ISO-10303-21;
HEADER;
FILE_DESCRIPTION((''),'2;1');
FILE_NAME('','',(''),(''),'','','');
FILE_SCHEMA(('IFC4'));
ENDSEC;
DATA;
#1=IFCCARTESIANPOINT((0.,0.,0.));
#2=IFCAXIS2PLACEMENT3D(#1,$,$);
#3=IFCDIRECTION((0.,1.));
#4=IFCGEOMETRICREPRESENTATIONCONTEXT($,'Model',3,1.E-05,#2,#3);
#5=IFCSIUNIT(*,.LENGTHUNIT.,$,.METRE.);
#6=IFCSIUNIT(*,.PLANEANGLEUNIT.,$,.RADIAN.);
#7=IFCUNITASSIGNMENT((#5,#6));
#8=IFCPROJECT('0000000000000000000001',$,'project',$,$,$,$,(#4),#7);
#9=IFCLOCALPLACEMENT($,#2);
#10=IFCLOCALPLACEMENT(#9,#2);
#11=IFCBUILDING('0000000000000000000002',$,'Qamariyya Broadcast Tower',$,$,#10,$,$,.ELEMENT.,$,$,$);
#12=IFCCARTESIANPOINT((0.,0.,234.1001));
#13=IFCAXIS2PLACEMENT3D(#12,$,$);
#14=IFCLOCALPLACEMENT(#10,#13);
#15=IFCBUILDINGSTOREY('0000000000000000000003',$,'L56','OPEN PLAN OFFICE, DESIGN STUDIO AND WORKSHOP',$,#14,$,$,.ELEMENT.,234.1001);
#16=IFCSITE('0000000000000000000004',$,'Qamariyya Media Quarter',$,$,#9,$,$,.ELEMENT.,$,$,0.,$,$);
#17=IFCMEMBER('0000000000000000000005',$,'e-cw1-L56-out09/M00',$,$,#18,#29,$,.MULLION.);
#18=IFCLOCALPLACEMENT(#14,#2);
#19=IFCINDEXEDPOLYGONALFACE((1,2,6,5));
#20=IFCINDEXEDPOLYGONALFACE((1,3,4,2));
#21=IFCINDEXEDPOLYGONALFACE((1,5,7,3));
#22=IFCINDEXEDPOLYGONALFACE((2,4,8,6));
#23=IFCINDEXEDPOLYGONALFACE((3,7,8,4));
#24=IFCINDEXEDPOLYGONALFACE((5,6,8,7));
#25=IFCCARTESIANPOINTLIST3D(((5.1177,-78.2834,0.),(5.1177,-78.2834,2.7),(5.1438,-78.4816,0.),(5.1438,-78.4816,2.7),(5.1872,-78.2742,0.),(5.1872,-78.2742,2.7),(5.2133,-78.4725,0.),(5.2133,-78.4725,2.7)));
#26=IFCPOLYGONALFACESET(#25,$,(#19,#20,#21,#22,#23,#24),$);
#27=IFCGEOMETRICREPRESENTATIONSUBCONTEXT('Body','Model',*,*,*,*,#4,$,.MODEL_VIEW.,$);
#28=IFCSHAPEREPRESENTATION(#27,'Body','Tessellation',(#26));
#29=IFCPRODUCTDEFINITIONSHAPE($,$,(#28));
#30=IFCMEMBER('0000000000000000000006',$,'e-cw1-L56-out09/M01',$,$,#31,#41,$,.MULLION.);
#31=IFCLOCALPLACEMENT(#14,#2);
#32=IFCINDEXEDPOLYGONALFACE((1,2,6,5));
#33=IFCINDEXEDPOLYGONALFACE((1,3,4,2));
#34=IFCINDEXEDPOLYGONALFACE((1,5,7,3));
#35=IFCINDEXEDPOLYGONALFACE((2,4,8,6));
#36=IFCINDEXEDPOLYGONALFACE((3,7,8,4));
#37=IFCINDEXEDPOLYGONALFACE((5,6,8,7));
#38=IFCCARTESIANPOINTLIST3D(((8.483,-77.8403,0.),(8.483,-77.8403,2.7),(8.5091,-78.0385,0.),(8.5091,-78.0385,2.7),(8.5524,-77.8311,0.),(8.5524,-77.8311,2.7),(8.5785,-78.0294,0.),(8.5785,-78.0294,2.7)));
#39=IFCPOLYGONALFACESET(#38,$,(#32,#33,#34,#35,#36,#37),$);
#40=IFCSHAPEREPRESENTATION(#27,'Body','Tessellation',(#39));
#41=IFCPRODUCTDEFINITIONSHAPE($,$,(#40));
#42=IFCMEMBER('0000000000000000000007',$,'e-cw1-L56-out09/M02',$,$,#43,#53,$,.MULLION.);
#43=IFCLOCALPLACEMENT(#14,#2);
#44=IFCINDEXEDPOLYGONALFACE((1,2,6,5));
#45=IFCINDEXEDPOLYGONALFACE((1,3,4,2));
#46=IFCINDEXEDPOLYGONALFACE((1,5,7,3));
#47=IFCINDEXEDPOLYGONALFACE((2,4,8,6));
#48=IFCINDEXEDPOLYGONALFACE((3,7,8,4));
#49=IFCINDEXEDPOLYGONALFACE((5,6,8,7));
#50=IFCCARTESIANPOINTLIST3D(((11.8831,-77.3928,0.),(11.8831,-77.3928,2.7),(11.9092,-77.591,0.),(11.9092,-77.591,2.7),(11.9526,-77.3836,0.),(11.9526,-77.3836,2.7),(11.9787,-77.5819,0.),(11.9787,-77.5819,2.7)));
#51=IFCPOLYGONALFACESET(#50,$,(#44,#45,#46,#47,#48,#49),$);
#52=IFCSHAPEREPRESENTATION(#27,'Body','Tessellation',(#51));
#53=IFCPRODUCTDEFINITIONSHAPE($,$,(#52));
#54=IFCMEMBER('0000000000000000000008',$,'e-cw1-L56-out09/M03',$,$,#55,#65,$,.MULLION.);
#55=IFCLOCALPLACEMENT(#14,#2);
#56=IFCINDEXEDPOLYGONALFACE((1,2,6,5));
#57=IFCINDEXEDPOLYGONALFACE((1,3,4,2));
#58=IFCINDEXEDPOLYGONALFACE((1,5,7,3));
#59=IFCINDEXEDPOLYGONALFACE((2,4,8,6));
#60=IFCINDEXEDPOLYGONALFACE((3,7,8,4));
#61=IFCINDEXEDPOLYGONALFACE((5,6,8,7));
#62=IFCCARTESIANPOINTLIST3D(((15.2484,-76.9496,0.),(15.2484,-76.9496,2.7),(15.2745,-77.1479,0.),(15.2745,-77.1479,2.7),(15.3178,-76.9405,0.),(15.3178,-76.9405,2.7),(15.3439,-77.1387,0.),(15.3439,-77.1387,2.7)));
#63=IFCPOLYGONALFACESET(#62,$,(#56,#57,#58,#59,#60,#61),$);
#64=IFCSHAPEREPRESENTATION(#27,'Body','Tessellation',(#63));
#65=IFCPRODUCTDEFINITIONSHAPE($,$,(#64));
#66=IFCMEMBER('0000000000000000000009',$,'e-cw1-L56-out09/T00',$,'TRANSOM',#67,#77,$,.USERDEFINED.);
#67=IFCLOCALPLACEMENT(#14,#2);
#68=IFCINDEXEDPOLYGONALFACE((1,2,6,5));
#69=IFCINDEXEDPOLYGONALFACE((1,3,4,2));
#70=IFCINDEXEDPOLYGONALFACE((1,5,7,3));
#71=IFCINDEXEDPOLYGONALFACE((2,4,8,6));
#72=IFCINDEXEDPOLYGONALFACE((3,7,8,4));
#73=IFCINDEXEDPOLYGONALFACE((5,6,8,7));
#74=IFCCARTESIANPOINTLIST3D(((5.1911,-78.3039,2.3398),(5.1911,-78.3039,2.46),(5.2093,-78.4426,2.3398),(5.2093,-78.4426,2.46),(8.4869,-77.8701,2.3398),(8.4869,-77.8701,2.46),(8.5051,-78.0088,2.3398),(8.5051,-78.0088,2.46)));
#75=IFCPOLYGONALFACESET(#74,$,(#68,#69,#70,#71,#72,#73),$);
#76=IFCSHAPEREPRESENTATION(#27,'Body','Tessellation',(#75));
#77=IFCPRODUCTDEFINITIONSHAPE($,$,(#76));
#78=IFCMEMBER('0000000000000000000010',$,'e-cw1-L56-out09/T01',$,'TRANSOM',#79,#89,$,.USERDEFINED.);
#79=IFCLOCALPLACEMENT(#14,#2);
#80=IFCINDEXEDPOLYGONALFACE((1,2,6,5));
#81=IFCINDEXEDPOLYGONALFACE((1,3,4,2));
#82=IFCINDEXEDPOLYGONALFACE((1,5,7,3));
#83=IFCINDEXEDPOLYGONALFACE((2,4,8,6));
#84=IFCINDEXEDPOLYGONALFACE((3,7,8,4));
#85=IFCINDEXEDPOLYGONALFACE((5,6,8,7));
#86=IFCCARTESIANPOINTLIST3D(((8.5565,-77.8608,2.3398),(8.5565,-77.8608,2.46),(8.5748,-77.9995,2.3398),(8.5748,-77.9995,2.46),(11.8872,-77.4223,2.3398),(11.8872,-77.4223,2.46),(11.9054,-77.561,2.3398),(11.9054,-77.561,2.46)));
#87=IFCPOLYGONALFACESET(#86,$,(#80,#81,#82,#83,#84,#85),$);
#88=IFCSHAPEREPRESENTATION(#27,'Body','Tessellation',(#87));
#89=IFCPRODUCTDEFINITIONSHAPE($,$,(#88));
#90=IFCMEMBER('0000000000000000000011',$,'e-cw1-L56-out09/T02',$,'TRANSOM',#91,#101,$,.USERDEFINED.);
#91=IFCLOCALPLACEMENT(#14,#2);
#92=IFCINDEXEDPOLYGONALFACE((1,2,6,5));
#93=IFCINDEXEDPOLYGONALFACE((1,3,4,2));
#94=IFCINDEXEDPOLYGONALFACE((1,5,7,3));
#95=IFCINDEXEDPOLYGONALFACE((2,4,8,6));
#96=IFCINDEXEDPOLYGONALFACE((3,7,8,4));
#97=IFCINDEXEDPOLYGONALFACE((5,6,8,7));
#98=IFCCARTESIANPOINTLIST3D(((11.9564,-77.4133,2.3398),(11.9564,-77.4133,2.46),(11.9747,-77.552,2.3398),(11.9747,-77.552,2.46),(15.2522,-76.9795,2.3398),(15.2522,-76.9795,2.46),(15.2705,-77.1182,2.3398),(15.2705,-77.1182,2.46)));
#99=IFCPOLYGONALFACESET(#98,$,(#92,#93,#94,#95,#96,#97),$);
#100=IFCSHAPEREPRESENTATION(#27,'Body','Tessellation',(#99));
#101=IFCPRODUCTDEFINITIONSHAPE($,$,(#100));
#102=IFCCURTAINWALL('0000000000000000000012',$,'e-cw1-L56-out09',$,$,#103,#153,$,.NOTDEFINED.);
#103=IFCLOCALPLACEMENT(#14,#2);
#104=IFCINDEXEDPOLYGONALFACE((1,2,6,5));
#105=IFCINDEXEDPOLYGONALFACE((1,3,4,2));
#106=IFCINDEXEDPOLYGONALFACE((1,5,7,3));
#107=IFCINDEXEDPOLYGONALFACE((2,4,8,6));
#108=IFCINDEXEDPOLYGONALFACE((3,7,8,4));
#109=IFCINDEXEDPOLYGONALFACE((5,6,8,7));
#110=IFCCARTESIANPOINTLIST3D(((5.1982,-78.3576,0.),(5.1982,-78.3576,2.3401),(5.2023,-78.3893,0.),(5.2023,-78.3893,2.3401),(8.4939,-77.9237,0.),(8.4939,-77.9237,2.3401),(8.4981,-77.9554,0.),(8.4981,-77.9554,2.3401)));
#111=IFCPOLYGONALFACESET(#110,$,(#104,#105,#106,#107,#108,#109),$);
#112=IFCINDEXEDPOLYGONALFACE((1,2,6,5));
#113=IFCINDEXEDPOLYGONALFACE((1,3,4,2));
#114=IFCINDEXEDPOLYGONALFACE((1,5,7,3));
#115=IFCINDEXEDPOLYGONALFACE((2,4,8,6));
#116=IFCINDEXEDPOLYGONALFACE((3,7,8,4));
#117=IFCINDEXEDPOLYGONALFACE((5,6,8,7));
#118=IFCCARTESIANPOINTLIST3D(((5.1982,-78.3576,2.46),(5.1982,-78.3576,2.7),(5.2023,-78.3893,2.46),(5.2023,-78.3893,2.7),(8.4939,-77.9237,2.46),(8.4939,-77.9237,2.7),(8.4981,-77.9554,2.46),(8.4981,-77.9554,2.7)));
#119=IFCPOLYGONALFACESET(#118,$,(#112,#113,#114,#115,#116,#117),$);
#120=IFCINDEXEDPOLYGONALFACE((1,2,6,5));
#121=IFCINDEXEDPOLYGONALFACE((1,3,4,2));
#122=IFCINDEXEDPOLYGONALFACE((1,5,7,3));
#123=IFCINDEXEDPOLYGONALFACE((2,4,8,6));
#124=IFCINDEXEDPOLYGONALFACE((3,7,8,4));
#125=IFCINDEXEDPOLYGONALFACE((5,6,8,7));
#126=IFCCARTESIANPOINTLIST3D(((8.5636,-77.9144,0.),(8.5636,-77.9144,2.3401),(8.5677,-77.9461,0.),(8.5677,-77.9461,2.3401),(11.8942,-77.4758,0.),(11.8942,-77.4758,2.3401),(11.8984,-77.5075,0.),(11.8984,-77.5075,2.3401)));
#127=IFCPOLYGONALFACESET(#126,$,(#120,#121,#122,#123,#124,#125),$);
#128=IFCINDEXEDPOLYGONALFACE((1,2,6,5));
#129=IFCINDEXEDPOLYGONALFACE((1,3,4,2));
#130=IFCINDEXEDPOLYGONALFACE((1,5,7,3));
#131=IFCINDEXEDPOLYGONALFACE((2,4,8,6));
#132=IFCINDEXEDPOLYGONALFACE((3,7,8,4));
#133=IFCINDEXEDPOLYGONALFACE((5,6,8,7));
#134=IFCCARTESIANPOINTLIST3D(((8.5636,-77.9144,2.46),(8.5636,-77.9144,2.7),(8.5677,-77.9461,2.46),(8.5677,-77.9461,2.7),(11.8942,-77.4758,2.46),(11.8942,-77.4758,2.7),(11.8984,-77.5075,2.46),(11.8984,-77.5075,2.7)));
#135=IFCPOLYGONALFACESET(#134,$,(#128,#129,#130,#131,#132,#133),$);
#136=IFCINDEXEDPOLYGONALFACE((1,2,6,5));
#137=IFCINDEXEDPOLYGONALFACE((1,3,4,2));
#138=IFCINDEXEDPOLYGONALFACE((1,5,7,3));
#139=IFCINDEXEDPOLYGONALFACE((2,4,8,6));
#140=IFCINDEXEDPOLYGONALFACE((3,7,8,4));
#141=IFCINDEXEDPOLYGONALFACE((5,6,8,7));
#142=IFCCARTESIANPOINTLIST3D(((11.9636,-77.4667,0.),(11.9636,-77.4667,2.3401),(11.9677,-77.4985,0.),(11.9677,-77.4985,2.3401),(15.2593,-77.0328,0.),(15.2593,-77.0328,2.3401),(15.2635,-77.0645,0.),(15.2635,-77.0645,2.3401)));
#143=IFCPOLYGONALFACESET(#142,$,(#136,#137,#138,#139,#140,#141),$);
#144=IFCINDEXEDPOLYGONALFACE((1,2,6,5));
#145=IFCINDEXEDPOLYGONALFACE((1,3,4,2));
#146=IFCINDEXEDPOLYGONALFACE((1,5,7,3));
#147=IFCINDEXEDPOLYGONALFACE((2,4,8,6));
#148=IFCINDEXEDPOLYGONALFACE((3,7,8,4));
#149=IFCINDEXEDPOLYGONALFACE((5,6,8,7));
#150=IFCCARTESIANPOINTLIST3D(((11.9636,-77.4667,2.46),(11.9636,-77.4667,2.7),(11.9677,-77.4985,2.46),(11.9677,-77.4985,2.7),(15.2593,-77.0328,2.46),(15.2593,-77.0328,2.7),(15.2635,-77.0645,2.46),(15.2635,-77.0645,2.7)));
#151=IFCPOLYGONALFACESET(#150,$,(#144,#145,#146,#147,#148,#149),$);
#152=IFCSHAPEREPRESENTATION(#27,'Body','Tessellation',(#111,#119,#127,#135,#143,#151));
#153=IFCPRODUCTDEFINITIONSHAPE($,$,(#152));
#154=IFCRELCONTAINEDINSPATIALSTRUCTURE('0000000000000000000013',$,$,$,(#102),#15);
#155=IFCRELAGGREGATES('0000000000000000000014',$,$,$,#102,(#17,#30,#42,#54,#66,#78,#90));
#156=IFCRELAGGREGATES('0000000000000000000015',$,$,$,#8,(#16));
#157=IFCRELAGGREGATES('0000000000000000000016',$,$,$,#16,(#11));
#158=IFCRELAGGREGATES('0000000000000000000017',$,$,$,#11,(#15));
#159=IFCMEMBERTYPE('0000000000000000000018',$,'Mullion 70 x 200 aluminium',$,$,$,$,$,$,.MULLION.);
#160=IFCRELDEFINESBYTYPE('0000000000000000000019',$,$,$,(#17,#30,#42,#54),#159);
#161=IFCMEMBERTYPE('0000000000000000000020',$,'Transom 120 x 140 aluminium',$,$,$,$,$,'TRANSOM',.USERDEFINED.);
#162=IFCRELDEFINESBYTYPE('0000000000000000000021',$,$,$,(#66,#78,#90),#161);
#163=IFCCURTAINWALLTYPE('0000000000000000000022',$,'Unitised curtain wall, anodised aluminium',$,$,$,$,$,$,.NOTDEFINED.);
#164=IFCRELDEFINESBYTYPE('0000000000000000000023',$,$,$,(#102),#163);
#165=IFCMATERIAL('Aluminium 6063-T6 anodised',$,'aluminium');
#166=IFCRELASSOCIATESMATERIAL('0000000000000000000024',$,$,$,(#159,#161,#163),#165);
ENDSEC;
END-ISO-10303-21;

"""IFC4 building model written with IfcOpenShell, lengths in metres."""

from ifc_helpers import new_model, si_unit, direction, frame, origin, origin_2d, place, context, subcontext, project, spatial, rectangle, extrude, material, material_profile, profile_set, type_object, element, aggregate, save


model = new_model("IFC4")

# Units and contexts
model_context = context("Model", 3, precision=1e-05, world=origin(), true_north=direction((0.0, 1.0)))
body_context = subcontext(model_context, "Body", "Model", "MODEL_VIEW")
ifc_project = project(units=[si_unit("LENGTHUNIT", "METRE"), si_unit("PLANEANGLEUNIT", "RADIAN")], contexts=[model_context])

# Members
ifc_material = material(Name="Aluminium 6063-T6 anodised", Category="aluminium")
ifc_material_profile_1 = material_profile(ifc_material, rectangle(XDim=0.2, YDim=0.0701, at=origin_2d()))
ifc_profile_set_1 = profile_set([ifc_material_profile_1], Name="Aluminium 6063-T6 anodised")
member_type_1 = type_object("IfcMemberType", Name="Mullion 70 x 200 aluminium", PredefinedType="MULLION", material=ifc_profile_set_1)
site_placement = place(None, origin())
building_placement = place(site_placement, origin())
storey_placement = place(building_placement, frame((0.0, 0.0, 234.1001)))
member_1_placement = place(storey_placement, frame((5.1655, -78.3779, 0.0), z_axis=(0.0, 0.0, 1.0), x_axis=(-0.130526, 0.991445, 0.0)))
member_1 = element("IfcMember", 1, at=member_1_placement, type_object=member_type_1, Name="e-cw1-L56-out09/M00", PredefinedType="MULLION", context=body_context, shape_type="SweptSolid", body=[
    extrude(rectangle(XDim=0.2, YDim=0.0701, at=origin_2d()), origin(), (0.0, 0.0, 1.0), 2.7),
])
member_2_placement = place(storey_placement, frame((8.5308, -77.9348, 0.0), z_axis=(0.0, 0.0, 1.0), x_axis=(-0.130526, 0.991445, 0.0)))
member_2 = element("IfcMember", 2, at=member_2_placement, type_object=member_type_1, Name="e-cw1-L56-out09/M01", PredefinedType="MULLION", context=body_context, shape_type="SweptSolid", body=[
    extrude(rectangle(XDim=0.2, YDim=0.0701, at=origin_2d()), origin(), (0.0, 0.0, 1.0), 2.7),
])
member_3_placement = place(storey_placement, frame((11.9309, -77.4873, 0.0), z_axis=(0.0, 0.0, 1.0), x_axis=(-0.130526, 0.991445, 0.0)))
member_3 = element("IfcMember", 3, at=member_3_placement, type_object=member_type_1, Name="e-cw1-L56-out09/M02", PredefinedType="MULLION", context=body_context, shape_type="SweptSolid", body=[
    extrude(rectangle(XDim=0.2, YDim=0.0701, at=origin_2d()), origin(), (0.0, 0.0, 1.0), 2.7),
])
member_4_placement = place(storey_placement, frame((15.2961, -77.0442, 0.0), z_axis=(0.0, 0.0, 1.0), x_axis=(-0.130526, 0.991445, 0.0)))
member_4 = element("IfcMember", 4, at=member_4_placement, type_object=member_type_1, Name="e-cw1-L56-out09/M03", PredefinedType="MULLION", context=body_context, shape_type="SweptSolid", body=[
    extrude(rectangle(XDim=0.2, YDim=0.0701, at=origin_2d()), origin(), (0.0, 0.0, 1.0), 2.7),
])
ifc_material_profile_2 = material_profile(ifc_material, rectangle(XDim=0.1399, YDim=0.1201, at=origin_2d()))
ifc_profile_set_2 = profile_set([ifc_material_profile_2], Name="Aluminium 6063-T6 anodised")
member_type_2 = type_object("IfcMemberType", Name="Transom 120 x 140 aluminium", ElementType="TRANSOM", PredefinedType="USERDEFINED", material=ifc_profile_set_2)
member_5_placement = place(storey_placement, frame((5.2002, -78.3733, 2.3999), z_axis=(0.991448, 0.130504, 0.0), x_axis=(-0.130504, 0.991448, 0.0)))
member_5 = element("IfcMember", 5, at=member_5_placement, type_object=member_type_2, Name="e-cw1-L56-out09/T00", ObjectType="TRANSOM", PredefinedType="USERDEFINED", context=body_context, shape_type="SweptSolid", body=[
    extrude(rectangle(XDim=0.1399, YDim=0.1201, at=origin_2d()), origin(), (0.0, 0.0, 1.0), 3.3242),
])
member_6_placement = place(storey_placement, frame((8.5657, -77.9302, 2.3999), z_axis=(0.991445, 0.130526, 0.0), x_axis=(-0.130526, 0.991445, 0.0)))
member_6 = element("IfcMember", 6, at=member_6_placement, type_object=member_type_2, Name="e-cw1-L56-out09/T01", ObjectType="TRANSOM", PredefinedType="USERDEFINED", context=body_context, shape_type="SweptSolid", body=[
    extrude(rectangle(XDim=0.1399, YDim=0.1201, at=origin_2d()), origin(), (0.0, 0.0, 1.0), 3.3594),
])
member_7_placement = place(storey_placement, frame((11.9656, -77.4827, 2.3999), z_axis=(0.991448, 0.130504, 0.0), x_axis=(-0.130504, 0.991448, 0.0)))
member_7 = element("IfcMember", 7, at=member_7_placement, type_object=member_type_2, Name="e-cw1-L56-out09/T02", ObjectType="TRANSOM", PredefinedType="USERDEFINED", context=body_context, shape_type="SweptSolid", body=[
    extrude(rectangle(XDim=0.1399, YDim=0.1201, at=origin_2d()), origin(), (0.0, 0.0, 1.0), 3.3242),
])

# Site, building, storey
site = spatial("IfcSite", under=ifc_project, at=site_placement, Name="Qamariyya Media Quarter", CompositionType="ELEMENT", RefElevation=0.0)
building = spatial("IfcBuilding", under=site, at=building_placement, Name="Qamariyya Broadcast Tower", CompositionType="ELEMENT")
storey = spatial("IfcBuildingStorey", under=building, at=storey_placement, Name="L56", Description="OPEN PLAN OFFICE, DESIGN STUDIO AND WORKSHOP", CompositionType="ELEMENT", Elevation=234.1001)

# Curtain wall
curtain_wall_type = type_object("IfcCurtainWallType", Name="Unitised curtain wall, anodised aluminium", PredefinedType="NOTDEFINED", material=ifc_material)
curtain_wall_1_placement = place(storey_placement, origin())
curtain_wall_1 = element("IfcCurtainWall", 8, at=curtain_wall_1_placement, inside=storey, type_object=curtain_wall_type, Name="e-cw1-L56-out09", PredefinedType="NOTDEFINED", context=body_context, shape_type="SweptSolid", body=[
    extrude(rectangle(XDim=3.3242, YDim=0.032, at=origin_2d()), frame((6.8481, -78.1565, 0.0), x_axis=(0.991443, 0.130542, 0.0)), (0.0, 0.0, 1.0), 2.3401),
    extrude(rectangle(XDim=3.3242, YDim=0.032, at=origin_2d()), frame((6.8481, -78.1565, 2.46), x_axis=(0.991443, 0.130542, 0.0)), (0.0, 0.0, 1.0), 0.24),
    extrude(rectangle(XDim=3.3594, YDim=0.032, at=origin_2d()), frame((10.231, -77.7109, 0.0), x_axis=(0.991443, 0.130542, 0.0)), (0.0, 0.0, 1.0), 2.3401),
    extrude(rectangle(XDim=3.3594, YDim=0.032, at=origin_2d()), frame((10.231, -77.7109, 2.46), x_axis=(0.991443, 0.130542, 0.0)), (0.0, 0.0, 1.0), 0.24),
    extrude(rectangle(XDim=3.3242, YDim=0.032, at=origin_2d()), frame((13.6135, -77.2656, 0.0), x_axis=(0.991443, 0.130542, 0.0)), (0.0, 0.0, 1.0), 2.3401),
    extrude(rectangle(XDim=3.3242, YDim=0.032, at=origin_2d()), frame((13.6135, -77.2656, 2.46), x_axis=(0.991443, 0.130542, 0.0)), (0.0, 0.0, 1.0), 0.24),
])
aggregate(curtain_wall_1, [member_1, member_2, member_3, member_4, member_5, member_6, member_7])

save(model, "model.ifc")
